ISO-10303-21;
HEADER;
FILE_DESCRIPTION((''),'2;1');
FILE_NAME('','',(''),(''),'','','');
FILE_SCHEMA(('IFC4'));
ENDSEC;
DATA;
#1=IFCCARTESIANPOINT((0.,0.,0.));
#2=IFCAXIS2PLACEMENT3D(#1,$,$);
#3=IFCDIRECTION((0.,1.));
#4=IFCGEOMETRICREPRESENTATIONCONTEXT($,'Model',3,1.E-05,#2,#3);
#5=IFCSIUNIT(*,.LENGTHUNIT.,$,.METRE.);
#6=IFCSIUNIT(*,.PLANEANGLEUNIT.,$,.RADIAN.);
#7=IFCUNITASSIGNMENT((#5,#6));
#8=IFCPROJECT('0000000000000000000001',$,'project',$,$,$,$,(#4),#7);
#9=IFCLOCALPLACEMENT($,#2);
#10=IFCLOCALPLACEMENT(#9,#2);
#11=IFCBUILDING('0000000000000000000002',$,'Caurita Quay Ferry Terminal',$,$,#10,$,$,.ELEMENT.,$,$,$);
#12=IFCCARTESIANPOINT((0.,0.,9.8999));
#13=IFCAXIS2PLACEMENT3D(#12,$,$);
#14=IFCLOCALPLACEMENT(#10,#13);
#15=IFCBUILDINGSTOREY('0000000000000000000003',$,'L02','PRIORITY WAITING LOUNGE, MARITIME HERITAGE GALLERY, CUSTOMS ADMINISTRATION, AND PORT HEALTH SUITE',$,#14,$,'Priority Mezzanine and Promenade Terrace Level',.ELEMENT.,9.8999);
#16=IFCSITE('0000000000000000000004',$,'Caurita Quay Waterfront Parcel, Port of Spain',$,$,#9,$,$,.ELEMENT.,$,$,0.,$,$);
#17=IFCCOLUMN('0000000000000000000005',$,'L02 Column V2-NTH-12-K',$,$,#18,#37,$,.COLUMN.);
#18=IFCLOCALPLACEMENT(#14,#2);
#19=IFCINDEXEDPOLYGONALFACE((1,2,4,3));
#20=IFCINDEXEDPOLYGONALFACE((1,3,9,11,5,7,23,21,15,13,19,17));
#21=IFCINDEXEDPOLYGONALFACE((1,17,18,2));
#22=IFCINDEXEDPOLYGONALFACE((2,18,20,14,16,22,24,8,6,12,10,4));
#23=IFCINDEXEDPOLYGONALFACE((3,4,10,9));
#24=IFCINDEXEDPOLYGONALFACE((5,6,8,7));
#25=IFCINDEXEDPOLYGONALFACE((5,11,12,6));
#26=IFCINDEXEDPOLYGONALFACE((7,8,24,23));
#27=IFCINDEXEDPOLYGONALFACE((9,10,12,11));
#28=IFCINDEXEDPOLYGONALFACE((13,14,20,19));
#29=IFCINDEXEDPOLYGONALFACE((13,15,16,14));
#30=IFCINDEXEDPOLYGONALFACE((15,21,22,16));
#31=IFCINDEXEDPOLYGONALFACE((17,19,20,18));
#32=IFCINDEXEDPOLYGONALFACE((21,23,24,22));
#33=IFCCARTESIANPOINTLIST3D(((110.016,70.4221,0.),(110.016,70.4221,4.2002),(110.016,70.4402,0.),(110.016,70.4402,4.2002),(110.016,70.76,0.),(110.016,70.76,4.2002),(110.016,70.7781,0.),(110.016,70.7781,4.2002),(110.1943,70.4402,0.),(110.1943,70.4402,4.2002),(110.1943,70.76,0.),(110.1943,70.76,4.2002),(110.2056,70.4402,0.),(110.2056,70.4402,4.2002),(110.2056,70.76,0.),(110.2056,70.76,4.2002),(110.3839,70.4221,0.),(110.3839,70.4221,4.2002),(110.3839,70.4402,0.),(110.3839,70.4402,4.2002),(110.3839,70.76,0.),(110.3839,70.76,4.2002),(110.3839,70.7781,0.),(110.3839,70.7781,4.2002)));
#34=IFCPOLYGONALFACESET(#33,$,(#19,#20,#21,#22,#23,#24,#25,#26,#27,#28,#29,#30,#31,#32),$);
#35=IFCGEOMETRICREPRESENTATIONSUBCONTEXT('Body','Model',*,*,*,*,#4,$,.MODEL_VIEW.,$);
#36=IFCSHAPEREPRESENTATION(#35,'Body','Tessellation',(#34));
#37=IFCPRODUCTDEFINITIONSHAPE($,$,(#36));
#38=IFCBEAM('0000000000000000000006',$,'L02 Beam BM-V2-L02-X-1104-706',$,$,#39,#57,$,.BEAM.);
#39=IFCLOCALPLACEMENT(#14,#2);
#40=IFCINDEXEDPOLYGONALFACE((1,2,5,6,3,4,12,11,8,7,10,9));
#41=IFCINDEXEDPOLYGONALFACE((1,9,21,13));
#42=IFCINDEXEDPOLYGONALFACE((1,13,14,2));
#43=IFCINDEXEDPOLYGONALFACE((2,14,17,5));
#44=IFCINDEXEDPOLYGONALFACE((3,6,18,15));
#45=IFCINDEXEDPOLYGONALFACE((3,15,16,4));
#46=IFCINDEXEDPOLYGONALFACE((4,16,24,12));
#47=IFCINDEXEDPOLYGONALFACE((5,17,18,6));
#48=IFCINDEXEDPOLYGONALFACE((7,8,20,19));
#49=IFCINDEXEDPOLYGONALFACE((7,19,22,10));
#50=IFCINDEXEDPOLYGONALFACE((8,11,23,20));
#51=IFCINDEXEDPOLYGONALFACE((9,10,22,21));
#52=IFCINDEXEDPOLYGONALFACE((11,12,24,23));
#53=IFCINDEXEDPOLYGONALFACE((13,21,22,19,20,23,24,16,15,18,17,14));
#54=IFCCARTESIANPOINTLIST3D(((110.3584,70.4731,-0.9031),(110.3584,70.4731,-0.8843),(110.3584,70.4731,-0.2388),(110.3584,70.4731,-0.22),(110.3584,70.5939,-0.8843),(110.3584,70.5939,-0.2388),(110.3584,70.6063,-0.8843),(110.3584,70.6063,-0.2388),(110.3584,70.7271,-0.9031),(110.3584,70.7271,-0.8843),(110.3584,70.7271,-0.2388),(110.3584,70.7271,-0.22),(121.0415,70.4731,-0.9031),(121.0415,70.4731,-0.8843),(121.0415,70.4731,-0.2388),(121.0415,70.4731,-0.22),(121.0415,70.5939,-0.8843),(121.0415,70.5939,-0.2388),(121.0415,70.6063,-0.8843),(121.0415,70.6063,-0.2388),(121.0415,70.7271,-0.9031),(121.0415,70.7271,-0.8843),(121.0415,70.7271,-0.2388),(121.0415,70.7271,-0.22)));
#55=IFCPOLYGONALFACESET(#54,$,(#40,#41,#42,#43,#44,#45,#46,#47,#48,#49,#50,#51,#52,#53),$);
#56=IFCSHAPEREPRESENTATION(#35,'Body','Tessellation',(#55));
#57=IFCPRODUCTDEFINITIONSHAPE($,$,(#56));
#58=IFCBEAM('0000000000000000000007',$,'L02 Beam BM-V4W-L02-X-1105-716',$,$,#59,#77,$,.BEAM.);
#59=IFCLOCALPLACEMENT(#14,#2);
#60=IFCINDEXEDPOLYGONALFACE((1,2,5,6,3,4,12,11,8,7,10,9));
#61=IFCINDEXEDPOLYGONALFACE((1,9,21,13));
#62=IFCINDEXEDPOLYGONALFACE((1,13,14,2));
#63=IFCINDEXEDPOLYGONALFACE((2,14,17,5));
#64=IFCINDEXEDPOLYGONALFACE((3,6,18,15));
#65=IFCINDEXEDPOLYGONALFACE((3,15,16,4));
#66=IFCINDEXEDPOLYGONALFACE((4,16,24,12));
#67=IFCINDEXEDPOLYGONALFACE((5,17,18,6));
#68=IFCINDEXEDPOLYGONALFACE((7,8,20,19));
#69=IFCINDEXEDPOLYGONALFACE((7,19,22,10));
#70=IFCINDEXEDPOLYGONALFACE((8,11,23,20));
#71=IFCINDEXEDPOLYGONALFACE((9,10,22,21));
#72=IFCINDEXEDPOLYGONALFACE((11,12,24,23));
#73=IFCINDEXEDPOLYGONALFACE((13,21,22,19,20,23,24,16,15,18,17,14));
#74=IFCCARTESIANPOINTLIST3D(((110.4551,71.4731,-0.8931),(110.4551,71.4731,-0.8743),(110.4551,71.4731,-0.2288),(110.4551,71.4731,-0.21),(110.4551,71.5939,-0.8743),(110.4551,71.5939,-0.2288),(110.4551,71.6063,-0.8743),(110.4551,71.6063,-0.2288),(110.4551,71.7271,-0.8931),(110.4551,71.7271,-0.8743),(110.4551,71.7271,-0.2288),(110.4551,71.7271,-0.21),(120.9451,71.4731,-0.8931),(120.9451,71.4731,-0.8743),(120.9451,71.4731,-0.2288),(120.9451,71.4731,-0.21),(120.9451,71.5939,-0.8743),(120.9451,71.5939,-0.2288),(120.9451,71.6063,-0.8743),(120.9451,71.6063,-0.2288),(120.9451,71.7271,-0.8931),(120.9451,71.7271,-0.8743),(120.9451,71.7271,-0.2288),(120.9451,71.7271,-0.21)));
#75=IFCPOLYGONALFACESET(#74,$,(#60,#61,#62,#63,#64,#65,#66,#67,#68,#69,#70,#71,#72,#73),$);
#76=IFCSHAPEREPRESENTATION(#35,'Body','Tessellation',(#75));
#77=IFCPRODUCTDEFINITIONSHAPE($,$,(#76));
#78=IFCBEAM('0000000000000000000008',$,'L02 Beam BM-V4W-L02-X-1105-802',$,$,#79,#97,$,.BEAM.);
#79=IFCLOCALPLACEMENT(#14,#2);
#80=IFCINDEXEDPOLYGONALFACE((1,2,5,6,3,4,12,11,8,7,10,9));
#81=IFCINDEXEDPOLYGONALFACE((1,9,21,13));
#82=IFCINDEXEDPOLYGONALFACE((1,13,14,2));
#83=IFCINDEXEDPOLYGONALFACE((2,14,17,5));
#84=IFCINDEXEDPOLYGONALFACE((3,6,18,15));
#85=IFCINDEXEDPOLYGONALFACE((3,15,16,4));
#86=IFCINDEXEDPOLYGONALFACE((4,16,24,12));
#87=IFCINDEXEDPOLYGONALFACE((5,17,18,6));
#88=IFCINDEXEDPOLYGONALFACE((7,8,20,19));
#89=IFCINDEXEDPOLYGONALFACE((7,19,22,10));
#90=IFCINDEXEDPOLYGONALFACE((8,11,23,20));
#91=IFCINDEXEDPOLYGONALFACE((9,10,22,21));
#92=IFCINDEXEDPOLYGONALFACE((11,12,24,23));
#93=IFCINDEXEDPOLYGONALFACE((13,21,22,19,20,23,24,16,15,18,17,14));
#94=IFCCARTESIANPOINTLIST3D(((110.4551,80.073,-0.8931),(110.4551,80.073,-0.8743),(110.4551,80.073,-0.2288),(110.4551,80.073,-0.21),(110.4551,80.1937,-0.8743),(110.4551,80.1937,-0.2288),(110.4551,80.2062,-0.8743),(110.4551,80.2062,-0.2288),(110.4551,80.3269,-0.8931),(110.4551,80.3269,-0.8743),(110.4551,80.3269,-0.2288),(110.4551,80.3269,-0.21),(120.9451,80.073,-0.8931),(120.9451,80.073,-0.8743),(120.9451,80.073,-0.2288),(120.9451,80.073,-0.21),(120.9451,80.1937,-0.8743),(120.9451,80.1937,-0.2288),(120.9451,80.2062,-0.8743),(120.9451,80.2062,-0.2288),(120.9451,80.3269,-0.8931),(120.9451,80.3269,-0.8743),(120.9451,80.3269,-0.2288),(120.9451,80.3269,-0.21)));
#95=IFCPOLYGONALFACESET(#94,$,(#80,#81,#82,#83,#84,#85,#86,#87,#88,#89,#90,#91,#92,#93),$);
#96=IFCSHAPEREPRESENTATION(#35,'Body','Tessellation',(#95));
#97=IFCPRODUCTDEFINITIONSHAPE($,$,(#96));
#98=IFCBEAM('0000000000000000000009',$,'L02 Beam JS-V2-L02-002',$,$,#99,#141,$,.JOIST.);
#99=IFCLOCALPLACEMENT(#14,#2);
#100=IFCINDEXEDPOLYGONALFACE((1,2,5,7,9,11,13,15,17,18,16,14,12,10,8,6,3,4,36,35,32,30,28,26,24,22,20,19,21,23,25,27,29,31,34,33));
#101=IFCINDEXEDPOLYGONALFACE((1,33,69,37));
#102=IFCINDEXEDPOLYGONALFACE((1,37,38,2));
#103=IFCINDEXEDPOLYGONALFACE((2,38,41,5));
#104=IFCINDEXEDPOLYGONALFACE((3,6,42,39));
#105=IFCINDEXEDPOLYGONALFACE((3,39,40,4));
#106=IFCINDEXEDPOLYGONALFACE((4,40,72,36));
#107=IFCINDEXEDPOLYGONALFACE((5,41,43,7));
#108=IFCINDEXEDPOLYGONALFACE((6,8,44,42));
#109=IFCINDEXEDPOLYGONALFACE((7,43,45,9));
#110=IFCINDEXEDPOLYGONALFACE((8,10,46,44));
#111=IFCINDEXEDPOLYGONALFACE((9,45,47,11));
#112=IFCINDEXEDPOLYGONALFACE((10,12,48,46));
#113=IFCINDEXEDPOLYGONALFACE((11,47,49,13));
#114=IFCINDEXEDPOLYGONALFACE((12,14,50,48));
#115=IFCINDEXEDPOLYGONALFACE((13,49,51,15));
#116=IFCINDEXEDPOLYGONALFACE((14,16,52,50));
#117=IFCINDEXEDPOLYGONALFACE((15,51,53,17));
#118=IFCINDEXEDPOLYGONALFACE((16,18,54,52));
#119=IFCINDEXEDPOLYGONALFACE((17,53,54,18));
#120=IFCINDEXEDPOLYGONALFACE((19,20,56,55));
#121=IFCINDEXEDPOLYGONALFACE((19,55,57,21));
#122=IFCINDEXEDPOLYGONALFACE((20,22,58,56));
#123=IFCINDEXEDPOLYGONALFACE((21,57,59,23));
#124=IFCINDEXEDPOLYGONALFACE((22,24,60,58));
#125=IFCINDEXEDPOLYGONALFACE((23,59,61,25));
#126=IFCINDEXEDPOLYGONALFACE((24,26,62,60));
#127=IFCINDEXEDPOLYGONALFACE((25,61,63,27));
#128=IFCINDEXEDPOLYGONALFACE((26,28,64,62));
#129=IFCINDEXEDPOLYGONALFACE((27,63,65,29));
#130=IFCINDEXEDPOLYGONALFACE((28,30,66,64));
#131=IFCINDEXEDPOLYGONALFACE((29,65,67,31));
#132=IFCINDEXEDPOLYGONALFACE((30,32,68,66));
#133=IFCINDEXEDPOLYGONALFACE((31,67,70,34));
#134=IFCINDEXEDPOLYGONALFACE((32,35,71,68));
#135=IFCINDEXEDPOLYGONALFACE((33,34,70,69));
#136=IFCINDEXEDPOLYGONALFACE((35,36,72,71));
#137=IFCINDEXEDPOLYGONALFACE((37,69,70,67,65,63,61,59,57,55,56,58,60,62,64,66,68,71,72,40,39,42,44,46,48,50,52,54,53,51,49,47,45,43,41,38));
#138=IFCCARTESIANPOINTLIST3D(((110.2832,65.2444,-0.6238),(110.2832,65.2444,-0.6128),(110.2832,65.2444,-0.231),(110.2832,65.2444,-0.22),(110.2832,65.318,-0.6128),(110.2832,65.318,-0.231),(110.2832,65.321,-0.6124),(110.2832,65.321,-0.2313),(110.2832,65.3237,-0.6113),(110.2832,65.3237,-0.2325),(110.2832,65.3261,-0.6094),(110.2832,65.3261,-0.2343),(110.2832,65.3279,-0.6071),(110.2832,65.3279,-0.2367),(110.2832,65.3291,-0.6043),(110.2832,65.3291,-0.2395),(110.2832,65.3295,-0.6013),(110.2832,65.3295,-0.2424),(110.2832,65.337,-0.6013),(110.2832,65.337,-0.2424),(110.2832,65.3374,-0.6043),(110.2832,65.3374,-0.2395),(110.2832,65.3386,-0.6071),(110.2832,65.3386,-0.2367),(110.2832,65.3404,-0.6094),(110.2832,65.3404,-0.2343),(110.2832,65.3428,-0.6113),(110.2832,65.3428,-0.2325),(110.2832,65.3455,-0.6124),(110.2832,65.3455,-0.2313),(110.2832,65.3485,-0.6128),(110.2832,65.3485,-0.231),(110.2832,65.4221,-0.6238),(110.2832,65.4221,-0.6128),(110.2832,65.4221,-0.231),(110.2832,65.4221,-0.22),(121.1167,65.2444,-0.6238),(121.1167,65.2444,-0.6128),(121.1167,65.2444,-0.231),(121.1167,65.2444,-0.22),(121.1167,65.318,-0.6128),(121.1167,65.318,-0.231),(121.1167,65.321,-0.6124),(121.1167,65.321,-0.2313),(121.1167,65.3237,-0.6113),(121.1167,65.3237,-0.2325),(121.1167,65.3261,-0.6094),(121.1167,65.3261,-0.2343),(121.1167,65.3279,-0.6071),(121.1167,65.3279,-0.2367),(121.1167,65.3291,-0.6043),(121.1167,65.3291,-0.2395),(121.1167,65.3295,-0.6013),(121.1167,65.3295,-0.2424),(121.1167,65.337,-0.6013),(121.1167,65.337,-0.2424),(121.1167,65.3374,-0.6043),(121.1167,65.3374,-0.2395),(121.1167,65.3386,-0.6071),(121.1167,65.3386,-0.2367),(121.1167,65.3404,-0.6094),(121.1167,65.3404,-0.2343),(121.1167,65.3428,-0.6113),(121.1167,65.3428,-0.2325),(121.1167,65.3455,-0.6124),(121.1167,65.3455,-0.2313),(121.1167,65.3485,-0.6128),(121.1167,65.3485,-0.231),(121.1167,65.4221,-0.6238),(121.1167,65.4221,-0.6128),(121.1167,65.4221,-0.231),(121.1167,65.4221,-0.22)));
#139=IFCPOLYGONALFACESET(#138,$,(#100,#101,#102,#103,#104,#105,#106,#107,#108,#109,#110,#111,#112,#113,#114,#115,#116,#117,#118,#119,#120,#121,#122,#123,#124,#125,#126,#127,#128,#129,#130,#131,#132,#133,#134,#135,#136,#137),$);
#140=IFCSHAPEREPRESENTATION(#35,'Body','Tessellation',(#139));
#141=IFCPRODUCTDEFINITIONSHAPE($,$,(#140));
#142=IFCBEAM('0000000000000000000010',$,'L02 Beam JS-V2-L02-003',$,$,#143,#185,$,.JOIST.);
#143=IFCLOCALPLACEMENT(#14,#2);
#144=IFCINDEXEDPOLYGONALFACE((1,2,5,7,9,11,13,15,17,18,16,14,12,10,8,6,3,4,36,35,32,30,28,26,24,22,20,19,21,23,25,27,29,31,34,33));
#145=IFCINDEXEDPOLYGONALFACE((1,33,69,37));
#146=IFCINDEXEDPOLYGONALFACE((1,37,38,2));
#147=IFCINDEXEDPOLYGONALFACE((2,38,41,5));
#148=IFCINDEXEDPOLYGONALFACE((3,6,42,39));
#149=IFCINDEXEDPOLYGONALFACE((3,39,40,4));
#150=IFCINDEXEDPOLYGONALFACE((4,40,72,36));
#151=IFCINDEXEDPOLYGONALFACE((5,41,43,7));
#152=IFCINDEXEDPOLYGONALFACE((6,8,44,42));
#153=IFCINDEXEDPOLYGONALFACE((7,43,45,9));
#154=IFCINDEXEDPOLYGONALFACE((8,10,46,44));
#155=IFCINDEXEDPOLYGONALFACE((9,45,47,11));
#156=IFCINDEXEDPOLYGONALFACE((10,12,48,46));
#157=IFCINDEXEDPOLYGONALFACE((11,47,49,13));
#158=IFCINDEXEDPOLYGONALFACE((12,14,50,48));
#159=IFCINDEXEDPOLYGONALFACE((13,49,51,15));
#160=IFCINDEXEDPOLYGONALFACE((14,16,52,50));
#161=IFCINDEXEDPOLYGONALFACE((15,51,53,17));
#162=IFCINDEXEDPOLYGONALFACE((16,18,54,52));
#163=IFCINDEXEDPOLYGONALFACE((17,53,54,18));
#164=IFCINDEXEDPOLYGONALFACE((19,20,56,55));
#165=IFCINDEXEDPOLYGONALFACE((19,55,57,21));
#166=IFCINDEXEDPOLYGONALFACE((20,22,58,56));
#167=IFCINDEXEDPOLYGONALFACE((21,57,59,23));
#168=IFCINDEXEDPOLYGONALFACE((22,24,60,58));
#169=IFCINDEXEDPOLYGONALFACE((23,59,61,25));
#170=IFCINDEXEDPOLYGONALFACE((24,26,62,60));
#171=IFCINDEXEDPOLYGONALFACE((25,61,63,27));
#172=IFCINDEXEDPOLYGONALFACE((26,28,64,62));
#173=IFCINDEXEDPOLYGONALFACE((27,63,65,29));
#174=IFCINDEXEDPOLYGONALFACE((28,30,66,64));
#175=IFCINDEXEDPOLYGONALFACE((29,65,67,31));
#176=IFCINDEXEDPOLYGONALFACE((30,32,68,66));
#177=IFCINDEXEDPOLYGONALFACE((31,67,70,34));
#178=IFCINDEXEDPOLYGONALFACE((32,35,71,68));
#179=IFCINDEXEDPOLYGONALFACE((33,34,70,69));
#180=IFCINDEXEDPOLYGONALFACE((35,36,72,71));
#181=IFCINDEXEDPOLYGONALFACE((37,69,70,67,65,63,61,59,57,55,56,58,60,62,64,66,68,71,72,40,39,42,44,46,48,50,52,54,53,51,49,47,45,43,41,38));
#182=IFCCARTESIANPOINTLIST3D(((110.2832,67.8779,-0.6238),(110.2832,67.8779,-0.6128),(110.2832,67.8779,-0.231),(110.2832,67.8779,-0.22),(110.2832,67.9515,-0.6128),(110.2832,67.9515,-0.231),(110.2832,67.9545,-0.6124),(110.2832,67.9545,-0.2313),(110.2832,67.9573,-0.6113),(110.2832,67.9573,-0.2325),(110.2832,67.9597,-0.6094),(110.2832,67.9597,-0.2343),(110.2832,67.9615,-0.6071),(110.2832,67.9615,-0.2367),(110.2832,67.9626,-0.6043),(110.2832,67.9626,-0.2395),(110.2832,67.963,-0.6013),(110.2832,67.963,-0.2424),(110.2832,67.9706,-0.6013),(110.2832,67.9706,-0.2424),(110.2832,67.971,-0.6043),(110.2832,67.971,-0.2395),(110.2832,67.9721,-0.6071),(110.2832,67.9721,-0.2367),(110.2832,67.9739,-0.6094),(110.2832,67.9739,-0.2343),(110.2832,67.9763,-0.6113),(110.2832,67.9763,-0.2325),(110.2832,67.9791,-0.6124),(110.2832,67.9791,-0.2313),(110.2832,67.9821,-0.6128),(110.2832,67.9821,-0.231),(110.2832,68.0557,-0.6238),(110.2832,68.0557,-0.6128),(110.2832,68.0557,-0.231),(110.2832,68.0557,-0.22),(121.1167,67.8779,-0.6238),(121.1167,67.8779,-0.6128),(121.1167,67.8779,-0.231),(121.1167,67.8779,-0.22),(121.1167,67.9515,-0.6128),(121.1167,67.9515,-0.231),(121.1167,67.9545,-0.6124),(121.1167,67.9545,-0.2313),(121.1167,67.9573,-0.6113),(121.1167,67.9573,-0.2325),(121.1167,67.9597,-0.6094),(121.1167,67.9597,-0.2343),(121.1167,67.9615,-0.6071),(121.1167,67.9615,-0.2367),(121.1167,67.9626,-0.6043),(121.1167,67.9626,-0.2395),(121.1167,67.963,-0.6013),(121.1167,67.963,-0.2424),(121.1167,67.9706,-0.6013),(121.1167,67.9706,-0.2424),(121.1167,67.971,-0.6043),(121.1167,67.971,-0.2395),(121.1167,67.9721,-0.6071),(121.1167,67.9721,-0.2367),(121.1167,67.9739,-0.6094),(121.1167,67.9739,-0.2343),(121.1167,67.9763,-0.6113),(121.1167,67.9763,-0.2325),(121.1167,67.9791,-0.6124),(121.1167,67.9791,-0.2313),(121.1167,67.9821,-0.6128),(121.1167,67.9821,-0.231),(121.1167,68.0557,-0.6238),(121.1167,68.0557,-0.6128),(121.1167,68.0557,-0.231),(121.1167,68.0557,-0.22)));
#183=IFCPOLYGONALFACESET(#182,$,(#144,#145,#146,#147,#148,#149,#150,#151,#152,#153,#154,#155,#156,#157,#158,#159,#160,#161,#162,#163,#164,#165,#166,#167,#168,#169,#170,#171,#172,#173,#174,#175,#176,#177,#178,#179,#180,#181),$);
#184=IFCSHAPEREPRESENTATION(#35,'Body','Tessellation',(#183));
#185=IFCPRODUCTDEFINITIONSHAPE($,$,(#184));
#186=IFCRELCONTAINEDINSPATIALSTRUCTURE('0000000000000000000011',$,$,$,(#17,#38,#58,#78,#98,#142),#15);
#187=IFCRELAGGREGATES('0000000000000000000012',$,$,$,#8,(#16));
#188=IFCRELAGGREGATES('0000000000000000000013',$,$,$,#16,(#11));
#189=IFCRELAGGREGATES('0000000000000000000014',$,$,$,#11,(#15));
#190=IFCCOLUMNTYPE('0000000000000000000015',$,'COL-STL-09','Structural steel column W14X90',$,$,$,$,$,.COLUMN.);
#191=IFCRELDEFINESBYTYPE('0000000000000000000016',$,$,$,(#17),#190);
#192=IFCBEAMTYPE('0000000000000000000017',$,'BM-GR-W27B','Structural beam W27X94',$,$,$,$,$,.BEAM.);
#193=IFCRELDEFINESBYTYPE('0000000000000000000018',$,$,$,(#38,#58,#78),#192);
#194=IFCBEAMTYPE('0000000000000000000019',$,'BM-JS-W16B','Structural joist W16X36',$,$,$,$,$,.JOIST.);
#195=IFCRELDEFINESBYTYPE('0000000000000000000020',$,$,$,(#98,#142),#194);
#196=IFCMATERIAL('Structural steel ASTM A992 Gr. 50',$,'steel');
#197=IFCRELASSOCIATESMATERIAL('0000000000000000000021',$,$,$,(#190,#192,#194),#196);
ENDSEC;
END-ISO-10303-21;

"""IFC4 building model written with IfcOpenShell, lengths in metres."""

from ifc_helpers import new_model, si_unit, direction, frame, origin, origin_2d, place, context, subcontext, project, spatial, i_section, extrude, material, material_profile, profile_set, type_object, element, save


model = new_model("IFC4")

# Units and contexts
model_context = context("Model", 3, precision=1e-05, world=origin(), true_north=direction((0.0, 1.0)))
body_context = subcontext(model_context, "Body", "Model", "MODEL_VIEW")
ifc_project = project(units=[si_unit("LENGTHUNIT", "METRE"), si_unit("PLANEANGLEUNIT", "RADIAN")], contexts=[model_context])

# Site, building, storey
site_placement = place(None, origin())
site = spatial("IfcSite", under=ifc_project, at=site_placement, Name="Caurita Quay Waterfront Parcel, Port of Spain", CompositionType="ELEMENT", RefElevation=0.0)
building_placement = place(site_placement, origin())
building = spatial("IfcBuilding", under=site, at=building_placement, Name="Caurita Quay Ferry Terminal", CompositionType="ELEMENT")
storey_placement = place(building_placement, frame((0.0, 0.0, 9.8999)))
storey = spatial("IfcBuildingStorey", under=building, at=storey_placement, Name="L02", Description="PRIORITY WAITING LOUNGE, MARITIME HERITAGE GALLERY, CUSTOMS ADMINISTRATION, AND PORT HEALTH SUITE", LongName="Priority Mezzanine and Promenade Terrace Level", CompositionType="ELEMENT", Elevation=9.8999)

# Column
ifc_material_1 = material(Name="Structural steel ASTM A992 Gr. 50", Category="steel")
ifc_material_profile_1 = material_profile(ifc_material_1, i_section(OverallWidth=0.3679, OverallDepth=0.356, WebThickness=0.0112, FlangeThickness=0.0181, at=origin_2d()), Name="W14X90")
ifc_profile_set_1 = profile_set([ifc_material_profile_1], Name="Structural steel ASTM A992 Gr. 50")
column_type = type_object("IfcColumnType", Name="COL-STL-09", Description="Structural steel column W14X90", PredefinedType="COLUMN", material=ifc_profile_set_1)
column_placement = place(storey_placement, frame((110.2, 70.6001, 0.0), z_axis=(0.0, 0.0, 1.0), x_axis=(1.0, 0.0, 0.0)))
element("IfcColumn", 1, at=column_placement, inside=storey, type_object=column_type, Name="L02 Column V2-NTH-12-K", PredefinedType="COLUMN", context=body_context, shape_type="SweptSolid", body=[
    extrude(i_section(OverallWidth=0.3679, OverallDepth=0.356, WebThickness=0.0112, FlangeThickness=0.0181, at=origin_2d()), origin(), (0.0, 0.0, 1.0), 4.2002),
])

# Beams
ifc_material_profile_2 = material_profile(ifc_material_1, i_section(OverallWidth=0.2539, OverallDepth=0.6831, WebThickness=0.0125, FlangeThickness=0.0188, at=origin_2d()), Name="W27X94")
ifc_profile_set_2 = profile_set([ifc_material_profile_2], Name="Structural steel ASTM A992 Gr. 50")
beam_type_1 = type_object("IfcBeamType", Name="BM-GR-W27B", Description="Structural beam W27X94", PredefinedType="BEAM", material=ifc_profile_set_2)
beam_1_placement = place(storey_placement, frame((110.3584, 70.6001, -0.5615), z_axis=(1.0, 0.0, 0.0), x_axis=(0.0, 1.0, 0.0)))
element("IfcBeam", 2, at=beam_1_placement, inside=storey, type_object=beam_type_1, Name="L02 Beam BM-V2-L02-X-1104-706", PredefinedType="BEAM", context=body_context, shape_type="SweptSolid", body=[
    extrude(i_section(OverallWidth=0.2539, OverallDepth=0.6831, WebThickness=0.0125, FlangeThickness=0.0188, at=origin_2d()), origin(), (0.0, 0.0, 1.0), 10.6831),
])
for number, where, z_axis, x_axis, name in (
    (3, (110.4551, 71.6001, -0.5515), (1.0, 0.0, 0.0), (0.0, 1.0, 0.0), "L02 Beam BM-V4W-L02-X-1105-716"),
    (4, (110.4551, 80.2, -0.5515), (1.0, 0.0, 0.0), (0.0, 1.0, 0.0), "L02 Beam BM-V4W-L02-X-1105-802"),
):
    element("IfcBeam", number, at=place(storey_placement, frame(where, z_axis=z_axis, x_axis=x_axis)), inside=storey, type_object=beam_type_1, Name=name, PredefinedType="BEAM", context=body_context, shape_type="SweptSolid", body=[
        extrude(i_section(OverallWidth=0.2539, OverallDepth=0.6831, WebThickness=0.0125, FlangeThickness=0.0188, at=origin_2d()), origin(), (0.0, 0.0, 1.0), 10.49),
    ])
ifc_material_profile_3 = material_profile(ifc_material_1, i_section(OverallWidth=0.1777, OverallDepth=0.4038, WebThickness=0.0076, FlangeThickness=0.011, FilletRadius=0.0115, at=origin_2d()), Name="W16X36")
ifc_profile_set_3 = profile_set([ifc_material_profile_3], Name="Structural steel ASTM A992 Gr. 50")
beam_type_2 = type_object("IfcBeamType", Name="BM-JS-W16B", Description="Structural joist W16X36", PredefinedType="JOIST", material=ifc_profile_set_3)
for number, where, z_axis, x_axis, name in (
    (5, (110.2832, 65.3333, -0.4219), (1.0, 0.0, 0.0), (0.0, 1.0, 0.0), "L02 Beam JS-V2-L02-002"),
    (6, (110.2832, 67.9668, -0.4219), (1.0, 0.0, 0.0), (0.0, 1.0, 0.0), "L02 Beam JS-V2-L02-003"),
):
    element("IfcBeam", number, at=place(storey_placement, frame(where, z_axis=z_axis, x_axis=x_axis)), inside=storey, type_object=beam_type_2, Name=name, PredefinedType="JOIST", context=body_context, shape_type="SweptSolid", body=[
        extrude(i_section(OverallWidth=0.1777, OverallDepth=0.4038, WebThickness=0.0076, FlangeThickness=0.011, FilletRadius=0.0115, at=origin_2d()), origin(), (0.0, 0.0, 1.0), 10.8335),
    ])

save(model, "model.ifc")
